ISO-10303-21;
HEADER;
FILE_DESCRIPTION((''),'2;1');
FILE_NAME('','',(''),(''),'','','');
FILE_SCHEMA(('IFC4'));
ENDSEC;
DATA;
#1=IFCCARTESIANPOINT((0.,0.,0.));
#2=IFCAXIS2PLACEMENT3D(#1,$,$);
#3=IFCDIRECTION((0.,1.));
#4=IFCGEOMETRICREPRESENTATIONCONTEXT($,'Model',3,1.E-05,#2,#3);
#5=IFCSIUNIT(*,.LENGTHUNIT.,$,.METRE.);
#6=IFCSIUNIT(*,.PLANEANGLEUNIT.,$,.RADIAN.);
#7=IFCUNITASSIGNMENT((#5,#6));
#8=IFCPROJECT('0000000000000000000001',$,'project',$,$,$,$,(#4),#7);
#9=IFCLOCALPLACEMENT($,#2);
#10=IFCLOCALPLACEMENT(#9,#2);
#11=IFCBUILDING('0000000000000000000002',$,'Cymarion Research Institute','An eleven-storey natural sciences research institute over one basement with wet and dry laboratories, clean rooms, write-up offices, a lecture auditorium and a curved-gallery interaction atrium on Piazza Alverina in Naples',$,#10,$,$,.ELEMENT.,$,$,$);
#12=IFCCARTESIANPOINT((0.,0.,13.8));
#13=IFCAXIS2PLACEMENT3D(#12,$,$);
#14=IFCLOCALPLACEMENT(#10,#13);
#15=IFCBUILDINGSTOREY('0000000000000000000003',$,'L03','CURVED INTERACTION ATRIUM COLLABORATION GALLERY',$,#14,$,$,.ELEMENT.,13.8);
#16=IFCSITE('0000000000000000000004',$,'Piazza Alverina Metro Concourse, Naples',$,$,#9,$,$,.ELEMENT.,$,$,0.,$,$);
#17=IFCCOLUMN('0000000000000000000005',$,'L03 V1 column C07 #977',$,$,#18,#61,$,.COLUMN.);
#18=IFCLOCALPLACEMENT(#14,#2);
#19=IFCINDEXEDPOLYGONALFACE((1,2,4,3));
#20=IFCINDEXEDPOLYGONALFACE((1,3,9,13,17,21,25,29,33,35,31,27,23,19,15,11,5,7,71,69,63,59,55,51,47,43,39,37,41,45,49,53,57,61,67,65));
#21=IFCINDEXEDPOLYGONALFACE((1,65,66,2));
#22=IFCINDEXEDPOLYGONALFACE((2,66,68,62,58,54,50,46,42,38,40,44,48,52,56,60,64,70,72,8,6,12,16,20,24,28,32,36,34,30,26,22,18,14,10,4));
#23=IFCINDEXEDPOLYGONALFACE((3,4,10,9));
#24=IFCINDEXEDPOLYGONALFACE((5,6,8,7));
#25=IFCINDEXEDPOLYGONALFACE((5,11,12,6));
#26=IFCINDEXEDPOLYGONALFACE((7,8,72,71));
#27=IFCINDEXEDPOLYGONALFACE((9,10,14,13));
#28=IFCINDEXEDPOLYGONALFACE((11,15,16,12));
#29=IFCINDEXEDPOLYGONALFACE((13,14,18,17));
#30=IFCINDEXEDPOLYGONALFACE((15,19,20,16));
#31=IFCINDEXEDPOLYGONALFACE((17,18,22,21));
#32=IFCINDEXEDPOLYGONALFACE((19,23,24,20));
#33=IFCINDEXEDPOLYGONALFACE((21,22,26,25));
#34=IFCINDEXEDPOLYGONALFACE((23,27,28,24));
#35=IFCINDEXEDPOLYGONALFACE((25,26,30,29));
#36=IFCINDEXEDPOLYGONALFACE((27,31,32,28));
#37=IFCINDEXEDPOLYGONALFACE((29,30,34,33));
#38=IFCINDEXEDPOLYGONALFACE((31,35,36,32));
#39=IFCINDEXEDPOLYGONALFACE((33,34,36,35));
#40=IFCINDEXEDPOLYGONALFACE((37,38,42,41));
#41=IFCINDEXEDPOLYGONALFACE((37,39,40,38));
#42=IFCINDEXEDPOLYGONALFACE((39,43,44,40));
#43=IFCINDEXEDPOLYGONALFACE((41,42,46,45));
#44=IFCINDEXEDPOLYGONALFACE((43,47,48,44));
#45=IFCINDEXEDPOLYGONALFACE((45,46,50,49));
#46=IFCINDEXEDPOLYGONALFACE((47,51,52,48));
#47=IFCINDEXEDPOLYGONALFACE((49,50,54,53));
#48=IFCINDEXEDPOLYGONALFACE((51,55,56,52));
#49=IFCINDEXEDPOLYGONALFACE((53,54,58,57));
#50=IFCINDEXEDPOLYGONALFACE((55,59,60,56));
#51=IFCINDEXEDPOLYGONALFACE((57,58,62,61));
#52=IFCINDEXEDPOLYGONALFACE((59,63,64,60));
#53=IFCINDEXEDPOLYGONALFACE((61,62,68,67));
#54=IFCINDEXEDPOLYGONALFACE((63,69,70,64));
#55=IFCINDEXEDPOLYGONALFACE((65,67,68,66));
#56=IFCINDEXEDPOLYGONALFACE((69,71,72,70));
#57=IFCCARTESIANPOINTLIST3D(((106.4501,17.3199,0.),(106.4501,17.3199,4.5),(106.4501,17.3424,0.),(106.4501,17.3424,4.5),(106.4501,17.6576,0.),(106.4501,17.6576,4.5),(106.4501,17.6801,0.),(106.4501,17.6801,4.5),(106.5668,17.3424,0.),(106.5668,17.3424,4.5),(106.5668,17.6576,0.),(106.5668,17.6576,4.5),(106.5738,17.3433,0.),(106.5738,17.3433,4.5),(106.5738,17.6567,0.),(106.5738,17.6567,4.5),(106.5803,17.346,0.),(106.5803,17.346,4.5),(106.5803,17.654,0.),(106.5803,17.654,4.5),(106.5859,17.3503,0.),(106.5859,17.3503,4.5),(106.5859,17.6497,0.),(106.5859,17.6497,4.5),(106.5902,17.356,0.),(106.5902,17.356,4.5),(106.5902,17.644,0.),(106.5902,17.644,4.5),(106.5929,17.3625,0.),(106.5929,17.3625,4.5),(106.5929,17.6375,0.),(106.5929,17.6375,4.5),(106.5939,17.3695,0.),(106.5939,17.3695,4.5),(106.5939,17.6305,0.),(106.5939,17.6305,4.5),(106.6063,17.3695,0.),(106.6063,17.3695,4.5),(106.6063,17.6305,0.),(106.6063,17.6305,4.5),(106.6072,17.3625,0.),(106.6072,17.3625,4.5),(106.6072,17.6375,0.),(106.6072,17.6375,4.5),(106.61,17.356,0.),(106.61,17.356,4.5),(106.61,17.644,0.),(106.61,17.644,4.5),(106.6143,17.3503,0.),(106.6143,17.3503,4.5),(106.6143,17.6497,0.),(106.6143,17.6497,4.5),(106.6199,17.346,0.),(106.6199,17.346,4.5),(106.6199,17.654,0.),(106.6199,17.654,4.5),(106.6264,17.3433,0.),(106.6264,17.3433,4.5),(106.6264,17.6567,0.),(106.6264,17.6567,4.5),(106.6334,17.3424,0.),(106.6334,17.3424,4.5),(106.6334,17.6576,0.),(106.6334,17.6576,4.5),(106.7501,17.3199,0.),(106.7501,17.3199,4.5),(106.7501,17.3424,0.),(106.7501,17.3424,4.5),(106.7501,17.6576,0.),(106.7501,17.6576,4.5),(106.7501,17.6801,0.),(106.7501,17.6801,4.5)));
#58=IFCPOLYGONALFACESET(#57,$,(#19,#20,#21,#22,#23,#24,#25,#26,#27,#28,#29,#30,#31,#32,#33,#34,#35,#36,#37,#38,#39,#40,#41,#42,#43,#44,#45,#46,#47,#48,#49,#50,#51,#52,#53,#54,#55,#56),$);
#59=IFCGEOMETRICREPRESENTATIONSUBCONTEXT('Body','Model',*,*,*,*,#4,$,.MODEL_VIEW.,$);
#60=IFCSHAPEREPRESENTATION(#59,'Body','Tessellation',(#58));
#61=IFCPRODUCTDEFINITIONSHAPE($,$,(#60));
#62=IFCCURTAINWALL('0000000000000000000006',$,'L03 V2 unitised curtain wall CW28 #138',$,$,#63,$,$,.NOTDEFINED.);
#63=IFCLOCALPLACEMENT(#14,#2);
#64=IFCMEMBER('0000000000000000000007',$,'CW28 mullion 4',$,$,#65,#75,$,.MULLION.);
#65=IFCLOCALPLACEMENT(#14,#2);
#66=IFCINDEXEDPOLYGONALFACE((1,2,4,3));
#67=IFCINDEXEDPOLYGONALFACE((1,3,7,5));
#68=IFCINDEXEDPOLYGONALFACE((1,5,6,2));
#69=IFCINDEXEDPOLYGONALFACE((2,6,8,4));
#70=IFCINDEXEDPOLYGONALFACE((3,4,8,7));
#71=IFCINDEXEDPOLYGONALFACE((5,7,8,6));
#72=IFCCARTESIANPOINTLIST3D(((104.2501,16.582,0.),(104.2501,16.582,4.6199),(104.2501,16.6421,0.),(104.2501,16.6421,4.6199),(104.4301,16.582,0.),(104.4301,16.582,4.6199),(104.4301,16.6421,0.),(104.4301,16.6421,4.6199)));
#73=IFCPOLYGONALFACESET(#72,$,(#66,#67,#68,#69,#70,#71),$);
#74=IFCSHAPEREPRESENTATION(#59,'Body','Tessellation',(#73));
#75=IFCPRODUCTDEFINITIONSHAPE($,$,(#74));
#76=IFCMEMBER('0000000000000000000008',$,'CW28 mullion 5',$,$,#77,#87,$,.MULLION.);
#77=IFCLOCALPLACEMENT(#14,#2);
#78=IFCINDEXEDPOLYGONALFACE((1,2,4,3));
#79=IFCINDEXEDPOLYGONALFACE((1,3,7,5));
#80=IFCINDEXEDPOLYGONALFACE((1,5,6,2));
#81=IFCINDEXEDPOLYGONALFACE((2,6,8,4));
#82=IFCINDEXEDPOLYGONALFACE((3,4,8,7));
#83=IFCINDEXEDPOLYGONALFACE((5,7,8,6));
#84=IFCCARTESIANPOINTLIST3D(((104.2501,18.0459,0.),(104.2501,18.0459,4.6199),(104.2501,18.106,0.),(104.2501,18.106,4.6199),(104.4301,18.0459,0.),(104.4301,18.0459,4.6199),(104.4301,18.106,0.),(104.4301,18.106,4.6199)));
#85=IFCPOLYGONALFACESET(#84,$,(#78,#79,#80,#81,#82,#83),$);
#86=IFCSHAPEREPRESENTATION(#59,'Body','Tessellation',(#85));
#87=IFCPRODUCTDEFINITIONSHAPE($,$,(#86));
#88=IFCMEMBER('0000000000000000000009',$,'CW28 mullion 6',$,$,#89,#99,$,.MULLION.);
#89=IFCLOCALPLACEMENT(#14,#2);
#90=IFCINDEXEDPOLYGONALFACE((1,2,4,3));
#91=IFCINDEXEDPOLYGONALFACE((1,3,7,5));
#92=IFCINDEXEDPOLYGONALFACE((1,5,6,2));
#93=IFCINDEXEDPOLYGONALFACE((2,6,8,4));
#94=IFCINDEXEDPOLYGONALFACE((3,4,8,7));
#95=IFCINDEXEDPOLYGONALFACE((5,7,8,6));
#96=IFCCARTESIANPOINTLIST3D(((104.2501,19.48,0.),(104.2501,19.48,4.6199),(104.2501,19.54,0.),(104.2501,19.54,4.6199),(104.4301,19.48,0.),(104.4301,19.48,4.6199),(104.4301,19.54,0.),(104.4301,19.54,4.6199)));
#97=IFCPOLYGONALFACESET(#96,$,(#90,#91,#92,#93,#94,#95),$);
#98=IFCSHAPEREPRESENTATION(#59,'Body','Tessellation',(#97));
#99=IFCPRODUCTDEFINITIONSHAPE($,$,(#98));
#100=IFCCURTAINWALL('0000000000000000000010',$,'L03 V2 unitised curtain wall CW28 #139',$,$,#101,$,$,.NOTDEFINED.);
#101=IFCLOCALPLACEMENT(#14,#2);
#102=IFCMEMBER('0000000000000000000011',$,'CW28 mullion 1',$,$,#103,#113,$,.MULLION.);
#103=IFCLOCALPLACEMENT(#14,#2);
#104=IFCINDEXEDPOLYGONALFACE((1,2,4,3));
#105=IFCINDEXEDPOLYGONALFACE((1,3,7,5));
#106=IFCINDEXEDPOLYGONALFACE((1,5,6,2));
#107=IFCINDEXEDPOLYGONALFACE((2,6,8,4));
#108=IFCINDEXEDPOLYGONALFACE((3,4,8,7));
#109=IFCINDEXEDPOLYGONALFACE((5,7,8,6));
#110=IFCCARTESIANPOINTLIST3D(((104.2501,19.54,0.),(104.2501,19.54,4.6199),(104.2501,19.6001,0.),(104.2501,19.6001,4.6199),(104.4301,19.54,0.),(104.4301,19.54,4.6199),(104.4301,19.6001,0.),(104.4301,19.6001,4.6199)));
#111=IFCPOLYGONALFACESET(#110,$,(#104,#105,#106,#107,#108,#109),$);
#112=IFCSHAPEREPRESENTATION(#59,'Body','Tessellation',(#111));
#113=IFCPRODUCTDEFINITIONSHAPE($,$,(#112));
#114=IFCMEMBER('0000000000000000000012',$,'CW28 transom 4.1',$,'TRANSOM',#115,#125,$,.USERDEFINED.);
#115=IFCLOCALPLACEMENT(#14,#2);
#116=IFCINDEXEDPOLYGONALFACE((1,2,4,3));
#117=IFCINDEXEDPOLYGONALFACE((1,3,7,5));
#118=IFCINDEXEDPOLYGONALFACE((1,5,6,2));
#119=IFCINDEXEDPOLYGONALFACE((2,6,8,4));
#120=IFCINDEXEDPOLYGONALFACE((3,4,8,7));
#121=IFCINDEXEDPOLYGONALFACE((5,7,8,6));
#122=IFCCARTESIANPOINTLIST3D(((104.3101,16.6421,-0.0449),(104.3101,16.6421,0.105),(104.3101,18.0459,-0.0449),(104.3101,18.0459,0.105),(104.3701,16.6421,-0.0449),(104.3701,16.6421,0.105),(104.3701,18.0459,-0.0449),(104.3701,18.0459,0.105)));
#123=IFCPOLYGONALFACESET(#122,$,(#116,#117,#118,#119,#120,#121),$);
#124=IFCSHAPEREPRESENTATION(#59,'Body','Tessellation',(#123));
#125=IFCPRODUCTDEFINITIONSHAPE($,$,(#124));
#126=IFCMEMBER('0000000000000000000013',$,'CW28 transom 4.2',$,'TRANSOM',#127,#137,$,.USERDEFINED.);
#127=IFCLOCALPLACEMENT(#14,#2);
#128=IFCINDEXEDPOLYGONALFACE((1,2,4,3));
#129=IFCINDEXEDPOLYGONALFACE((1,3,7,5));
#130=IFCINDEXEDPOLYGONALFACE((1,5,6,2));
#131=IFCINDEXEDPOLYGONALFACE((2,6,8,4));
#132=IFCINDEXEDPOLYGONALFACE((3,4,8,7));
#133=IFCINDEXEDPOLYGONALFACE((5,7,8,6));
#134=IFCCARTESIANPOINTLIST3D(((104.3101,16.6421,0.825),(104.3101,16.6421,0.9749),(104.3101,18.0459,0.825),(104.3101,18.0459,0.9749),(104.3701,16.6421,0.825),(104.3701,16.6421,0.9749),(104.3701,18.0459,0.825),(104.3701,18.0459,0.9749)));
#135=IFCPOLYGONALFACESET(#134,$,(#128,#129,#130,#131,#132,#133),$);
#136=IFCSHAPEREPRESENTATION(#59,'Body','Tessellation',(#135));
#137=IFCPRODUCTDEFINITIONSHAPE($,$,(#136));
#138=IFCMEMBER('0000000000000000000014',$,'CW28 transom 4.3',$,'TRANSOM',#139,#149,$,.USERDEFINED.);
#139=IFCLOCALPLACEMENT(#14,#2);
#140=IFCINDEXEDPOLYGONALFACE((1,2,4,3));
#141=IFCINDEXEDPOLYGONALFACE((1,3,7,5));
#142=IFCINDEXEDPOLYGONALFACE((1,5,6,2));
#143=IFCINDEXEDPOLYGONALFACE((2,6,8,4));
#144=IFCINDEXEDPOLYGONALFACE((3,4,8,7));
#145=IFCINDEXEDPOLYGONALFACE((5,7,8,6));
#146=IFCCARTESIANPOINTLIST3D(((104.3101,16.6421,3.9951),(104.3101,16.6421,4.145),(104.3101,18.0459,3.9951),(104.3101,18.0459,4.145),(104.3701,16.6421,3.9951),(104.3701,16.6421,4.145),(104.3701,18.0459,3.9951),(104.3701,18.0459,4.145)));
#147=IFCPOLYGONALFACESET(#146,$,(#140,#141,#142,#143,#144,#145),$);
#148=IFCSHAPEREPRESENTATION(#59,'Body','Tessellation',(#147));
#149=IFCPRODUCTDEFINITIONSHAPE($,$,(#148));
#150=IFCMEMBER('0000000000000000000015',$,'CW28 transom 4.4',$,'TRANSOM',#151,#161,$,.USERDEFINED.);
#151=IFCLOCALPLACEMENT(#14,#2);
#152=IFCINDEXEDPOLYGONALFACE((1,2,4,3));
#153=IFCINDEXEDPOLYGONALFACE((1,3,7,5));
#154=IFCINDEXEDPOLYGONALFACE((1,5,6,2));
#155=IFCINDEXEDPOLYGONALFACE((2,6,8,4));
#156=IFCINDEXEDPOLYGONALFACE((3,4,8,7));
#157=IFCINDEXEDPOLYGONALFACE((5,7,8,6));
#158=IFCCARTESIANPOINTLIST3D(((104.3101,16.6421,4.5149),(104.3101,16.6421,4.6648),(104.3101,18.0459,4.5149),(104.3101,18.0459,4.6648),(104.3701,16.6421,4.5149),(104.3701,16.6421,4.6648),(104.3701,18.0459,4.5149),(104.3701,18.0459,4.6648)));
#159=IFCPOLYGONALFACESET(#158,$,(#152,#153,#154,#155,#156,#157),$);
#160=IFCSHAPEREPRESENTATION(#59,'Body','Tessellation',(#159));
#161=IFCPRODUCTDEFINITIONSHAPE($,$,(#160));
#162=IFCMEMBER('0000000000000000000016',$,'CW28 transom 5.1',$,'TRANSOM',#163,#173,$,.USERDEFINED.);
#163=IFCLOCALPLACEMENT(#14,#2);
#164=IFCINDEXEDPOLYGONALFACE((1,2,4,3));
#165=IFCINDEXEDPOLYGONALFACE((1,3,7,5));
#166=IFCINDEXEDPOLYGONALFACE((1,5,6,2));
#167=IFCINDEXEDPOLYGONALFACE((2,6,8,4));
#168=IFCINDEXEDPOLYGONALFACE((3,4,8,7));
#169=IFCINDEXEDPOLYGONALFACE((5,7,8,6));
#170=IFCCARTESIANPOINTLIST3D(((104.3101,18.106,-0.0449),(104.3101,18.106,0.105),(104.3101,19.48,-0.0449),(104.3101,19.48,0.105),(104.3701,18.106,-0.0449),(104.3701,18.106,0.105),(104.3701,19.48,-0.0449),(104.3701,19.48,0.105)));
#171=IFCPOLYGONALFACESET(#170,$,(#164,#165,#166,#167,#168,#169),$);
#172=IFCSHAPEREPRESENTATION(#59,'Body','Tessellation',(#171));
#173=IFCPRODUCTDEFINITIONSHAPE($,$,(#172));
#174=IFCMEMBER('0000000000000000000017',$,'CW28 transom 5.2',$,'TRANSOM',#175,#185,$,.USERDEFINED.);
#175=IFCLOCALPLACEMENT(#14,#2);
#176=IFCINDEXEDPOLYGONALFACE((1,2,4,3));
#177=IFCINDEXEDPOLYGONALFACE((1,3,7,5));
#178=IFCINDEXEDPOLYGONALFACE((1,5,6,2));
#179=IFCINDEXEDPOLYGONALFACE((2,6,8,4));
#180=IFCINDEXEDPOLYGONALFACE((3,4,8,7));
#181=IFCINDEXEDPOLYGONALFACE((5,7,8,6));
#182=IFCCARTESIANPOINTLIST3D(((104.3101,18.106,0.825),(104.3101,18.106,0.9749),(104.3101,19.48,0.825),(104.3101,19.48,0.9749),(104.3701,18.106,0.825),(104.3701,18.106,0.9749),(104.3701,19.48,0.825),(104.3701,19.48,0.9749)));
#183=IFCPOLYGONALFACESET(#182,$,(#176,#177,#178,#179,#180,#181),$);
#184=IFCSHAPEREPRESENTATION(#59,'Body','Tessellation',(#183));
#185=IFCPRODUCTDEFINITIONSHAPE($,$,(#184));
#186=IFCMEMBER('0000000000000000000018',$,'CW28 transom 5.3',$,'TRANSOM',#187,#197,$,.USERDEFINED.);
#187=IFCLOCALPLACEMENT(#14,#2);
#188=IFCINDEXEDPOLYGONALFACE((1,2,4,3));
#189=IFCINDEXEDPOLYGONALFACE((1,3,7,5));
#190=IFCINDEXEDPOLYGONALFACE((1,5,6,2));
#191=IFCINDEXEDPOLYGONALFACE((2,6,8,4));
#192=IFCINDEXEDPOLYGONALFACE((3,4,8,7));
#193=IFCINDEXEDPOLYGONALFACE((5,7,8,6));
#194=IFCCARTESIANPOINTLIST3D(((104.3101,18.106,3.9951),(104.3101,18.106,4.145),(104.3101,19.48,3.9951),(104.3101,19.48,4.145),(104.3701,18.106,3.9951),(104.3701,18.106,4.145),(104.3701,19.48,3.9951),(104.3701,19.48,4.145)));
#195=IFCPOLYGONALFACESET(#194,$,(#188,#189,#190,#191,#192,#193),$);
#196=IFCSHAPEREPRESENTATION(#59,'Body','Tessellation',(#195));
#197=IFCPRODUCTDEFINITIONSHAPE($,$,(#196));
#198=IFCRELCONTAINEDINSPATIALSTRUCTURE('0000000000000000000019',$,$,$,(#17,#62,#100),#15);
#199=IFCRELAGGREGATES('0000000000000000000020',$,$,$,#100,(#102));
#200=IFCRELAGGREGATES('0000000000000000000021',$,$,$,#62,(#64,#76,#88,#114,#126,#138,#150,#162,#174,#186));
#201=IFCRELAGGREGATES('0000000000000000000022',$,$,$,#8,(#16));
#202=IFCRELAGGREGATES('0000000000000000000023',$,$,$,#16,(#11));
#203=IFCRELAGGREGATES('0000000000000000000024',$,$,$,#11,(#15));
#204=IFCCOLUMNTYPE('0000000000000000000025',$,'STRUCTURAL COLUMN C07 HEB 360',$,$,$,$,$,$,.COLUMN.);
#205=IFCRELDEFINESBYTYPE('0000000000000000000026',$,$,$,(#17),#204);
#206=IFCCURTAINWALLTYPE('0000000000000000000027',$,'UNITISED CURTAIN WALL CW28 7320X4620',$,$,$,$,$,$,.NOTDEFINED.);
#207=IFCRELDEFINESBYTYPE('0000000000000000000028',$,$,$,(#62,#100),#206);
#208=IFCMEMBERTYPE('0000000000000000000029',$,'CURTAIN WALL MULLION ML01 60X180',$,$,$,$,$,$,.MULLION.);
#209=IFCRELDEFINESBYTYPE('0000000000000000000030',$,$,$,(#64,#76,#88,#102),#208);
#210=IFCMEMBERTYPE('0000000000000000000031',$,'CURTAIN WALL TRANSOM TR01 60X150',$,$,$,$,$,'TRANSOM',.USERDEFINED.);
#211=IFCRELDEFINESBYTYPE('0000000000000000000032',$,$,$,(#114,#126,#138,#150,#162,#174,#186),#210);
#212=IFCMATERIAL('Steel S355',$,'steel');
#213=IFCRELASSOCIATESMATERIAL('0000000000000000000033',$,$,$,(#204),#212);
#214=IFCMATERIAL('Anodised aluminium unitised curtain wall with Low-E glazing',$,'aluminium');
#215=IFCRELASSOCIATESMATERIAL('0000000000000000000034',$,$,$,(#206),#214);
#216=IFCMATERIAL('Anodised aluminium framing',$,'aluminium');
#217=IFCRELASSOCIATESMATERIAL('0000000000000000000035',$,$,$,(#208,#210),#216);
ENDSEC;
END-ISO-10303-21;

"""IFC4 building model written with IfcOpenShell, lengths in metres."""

from ifc_helpers import new_model, si_unit, direction, frame, origin, origin_2d, place, context, subcontext, project, spatial, rectangle, i_section, extrude, material, material_profile, profile_set, type_object, element, aggregate, save


model = new_model("IFC4")

# Units and contexts
model_context = context("Model", 3, precision=1e-05, world=origin(), true_north=direction((0.0, 1.0)))
body_context = subcontext(model_context, "Body", "Model", "MODEL_VIEW")
ifc_project = project(units=[si_unit("LENGTHUNIT", "METRE"), si_unit("PLANEANGLEUNIT", "RADIAN")], contexts=[model_context])

# Site, building, storey
site_placement = place(None, origin())
site = spatial("IfcSite", under=ifc_project, at=site_placement, Name="Piazza Alverina Metro Concourse, Naples", CompositionType="ELEMENT", RefElevation=0.0)
building_placement = place(site_placement, origin())
building = spatial("IfcBuilding", under=site, at=building_placement, Name="Cymarion Research Institute", Description="An eleven-storey natural sciences research institute over one basement with wet and dry laboratories, clean rooms, write-up offices, a lecture auditorium and a curved-gallery interaction atrium on Piazza Alverina in Naples", CompositionType="ELEMENT")
storey_placement = place(building_placement, frame((0.0, 0.0, 13.8)))
storey = spatial("IfcBuildingStorey", under=building, at=storey_placement, Name="L03", Description="CURVED INTERACTION ATRIUM COLLABORATION GALLERY", CompositionType="ELEMENT", Elevation=13.8)

# Column
ifc_material_1 = material(Name="Steel S355", Category="steel")
ifc_material_profile_1 = material_profile(ifc_material_1, i_section(OverallWidth=0.3, OverallDepth=0.3601, WebThickness=0.0125, FlangeThickness=0.0225, FilletRadius=0.0271, at=origin_2d()), Name="HEB 360")
ifc_profile_set_1 = profile_set([ifc_material_profile_1], Name="Steel S355")
column_type = type_object("IfcColumnType", Name="STRUCTURAL COLUMN C07 HEB 360", PredefinedType="COLUMN", material=ifc_profile_set_1)
column_placement = place(storey_placement, frame((106.6001, 17.5, 0.0), z_axis=(0.0, 0.0, 1.0), x_axis=(1.0, 0.0, 0.0)))
element("IfcColumn", 1, at=column_placement, inside=storey, type_object=column_type, Name="L03 V1 column C07 #977", PredefinedType="COLUMN", context=body_context, shape_type="SweptSolid", body=[
    extrude(i_section(OverallWidth=0.3, OverallDepth=0.3601, WebThickness=0.0125, FlangeThickness=0.0225, FilletRadius=0.0271, at=origin_2d()), origin(), (0.0, 0.0, 1.0), 4.5),
])

# Curtain wall, members
ifc_material_2 = material(Name="Anodised aluminium unitised curtain wall with Low-E glazing", Category="aluminium")
curtain_wall_type = type_object("IfcCurtainWallType", Name="UNITISED CURTAIN WALL CW28 7320X4620", PredefinedType="NOTDEFINED", material=ifc_material_2)
curtain_wall_1_placement = place(storey_placement, origin())
curtain_wall_1 = element("IfcCurtainWall", 2, at=curtain_wall_1_placement, inside=storey, type_object=curtain_wall_type, Name="L03 V2 unitised curtain wall CW28 #138", PredefinedType="NOTDEFINED")
ifc_material_3 = material(Name="Anodised aluminium framing", Category="aluminium")
ifc_material_profile_2 = material_profile(ifc_material_3, rectangle(XDim=0.0601, YDim=0.1799, at=origin_2d()), Name="ALU MULLION 60x180")
ifc_profile_set_2 = profile_set([ifc_material_profile_2], Name="Anodised aluminium framing")
member_type_1 = type_object("IfcMemberType", Name="CURTAIN WALL MULLION ML01 60X180", PredefinedType="MULLION", material=ifc_profile_set_2)
member_1_placement = place(storey_placement, frame((104.3401, 16.6121, 0.0), z_axis=(0.0, 0.0, 1.0), x_axis=(0.0, 1.0, 0.0)))
member_1 = element("IfcMember", 3, at=member_1_placement, type_object=member_type_1, Name="CW28 mullion 4", PredefinedType="MULLION", context=body_context, shape_type="SweptSolid", body=[
    extrude(rectangle(XDim=0.0601, YDim=0.1799, at=origin_2d()), origin(), (0.0, 0.0, 1.0), 4.6199),
])
member_2_placement = place(storey_placement, frame((104.3401, 18.0759, 0.0), z_axis=(0.0, 0.0, 1.0), x_axis=(0.0, 1.0, 0.0)))
member_2 = element("IfcMember", 4, at=member_2_placement, type_object=member_type_1, Name="CW28 mullion 5", PredefinedType="MULLION", context=body_context, shape_type="SweptSolid", body=[
    extrude(rectangle(XDim=0.0601, YDim=0.1799, at=origin_2d()), origin(), (0.0, 0.0, 1.0), 4.6199),
])
member_3_placement = place(storey_placement, frame((104.3401, 19.51, 0.0), z_axis=(0.0, 0.0, 1.0), x_axis=(0.0, 1.0, 0.0)))
member_3 = element("IfcMember", 5, at=member_3_placement, type_object=member_type_1, Name="CW28 mullion 6", PredefinedType="MULLION", context=body_context, shape_type="SweptSolid", body=[
    extrude(rectangle(XDim=0.0601, YDim=0.1799, at=origin_2d()), origin(), (0.0, 0.0, 1.0), 4.6199),
])

# Curtain wall, member
curtain_wall_2_placement = place(storey_placement, origin())
curtain_wall_2 = element("IfcCurtainWall", 6, at=curtain_wall_2_placement, inside=storey, type_object=curtain_wall_type, Name="L03 V2 unitised curtain wall CW28 #139", PredefinedType="NOTDEFINED")
member_4_placement = place(storey_placement, frame((104.3401, 19.5701, 0.0), z_axis=(0.0, 0.0, 1.0), x_axis=(0.0, 1.0, 0.0)))
member_4 = element("IfcMember", 7, at=member_4_placement, type_object=member_type_1, Name="CW28 mullion 1", PredefinedType="MULLION", context=body_context, shape_type="SweptSolid", body=[
    extrude(rectangle(XDim=0.0601, YDim=0.1799, at=origin_2d()), origin(), (0.0, 0.0, 1.0), 4.6199),
])

# Members
ifc_material_profile_3 = material_profile(ifc_material_3, rectangle(XDim=0.0601, YDim=0.1499, at=origin_2d()), Name="ALU TRANSOM 60x150")
ifc_profile_set_3 = profile_set([ifc_material_profile_3], Name="Anodised aluminium framing")
member_type_2 = type_object("IfcMemberType", Name="CURTAIN WALL TRANSOM TR01 60X150", ElementType="TRANSOM", PredefinedType="USERDEFINED", material=ifc_profile_set_3)
member_5_placement = place(storey_placement, frame((104.3401, 16.6421, 0.03), z_axis=(0.0, 1.0, 0.0), x_axis=(-1.0, 0.0, 0.0)))
member_5 = element("IfcMember", 8, at=member_5_placement, type_object=member_type_2, Name="CW28 transom 4.1", ObjectType="TRANSOM", PredefinedType="USERDEFINED", context=body_context, shape_type="SweptSolid", body=[
    extrude(rectangle(XDim=0.0601, YDim=0.1499, at=origin_2d()), origin(), (0.0, 0.0, 1.0), 1.4038),
])
member_6_placement = place(storey_placement, frame((104.3401, 16.6421, 0.8999), z_axis=(0.0, 1.0, 0.0), x_axis=(-1.0, 0.0, 0.0)))
member_6 = element("IfcMember", 9, at=member_6_placement, type_object=member_type_2, Name="CW28 transom 4.2", ObjectType="TRANSOM", PredefinedType="USERDEFINED", context=body_context, shape_type="SweptSolid", body=[
    extrude(rectangle(XDim=0.0601, YDim=0.1499, at=origin_2d()), origin(), (0.0, 0.0, 1.0), 1.4038),
])
member_7_placement = place(storey_placement, frame((104.3401, 16.6421, 4.0701), z_axis=(0.0, 1.0, 0.0), x_axis=(-1.0, 0.0, 0.0)))
member_7 = element("IfcMember", 10, at=member_7_placement, type_object=member_type_2, Name="CW28 transom 4.3", ObjectType="TRANSOM", PredefinedType="USERDEFINED", context=body_context, shape_type="SweptSolid", body=[
    extrude(rectangle(XDim=0.0601, YDim=0.1499, at=origin_2d()), origin(), (0.0, 0.0, 1.0), 1.4038),
])
member_8_placement = place(storey_placement, frame((104.3401, 16.6421, 4.5898), z_axis=(0.0, 1.0, 0.0), x_axis=(-1.0, 0.0, 0.0)))
member_8 = element("IfcMember", 11, at=member_8_placement, type_object=member_type_2, Name="CW28 transom 4.4", ObjectType="TRANSOM", PredefinedType="USERDEFINED", context=body_context, shape_type="SweptSolid", body=[
    extrude(rectangle(XDim=0.0601, YDim=0.1499, at=origin_2d()), origin(), (0.0, 0.0, 1.0), 1.4038),
])
member_9_placement = place(storey_placement, frame((104.3401, 18.106, 0.03), z_axis=(0.0, 1.0, 0.0), x_axis=(-1.0, 0.0, 0.0)))
member_9 = element("IfcMember", 12, at=member_9_placement, type_object=member_type_2, Name="CW28 transom 5.1", ObjectType="TRANSOM", PredefinedType="USERDEFINED", context=body_context, shape_type="SweptSolid", body=[
    extrude(rectangle(XDim=0.0601, YDim=0.1499, at=origin_2d()), origin(), (0.0, 0.0, 1.0), 1.374),
])
member_10_placement = place(storey_placement, frame((104.3401, 18.106, 0.8999), z_axis=(0.0, 1.0, 0.0), x_axis=(-1.0, 0.0, 0.0)))
member_10 = element("IfcMember", 13, at=member_10_placement, type_object=member_type_2, Name="CW28 transom 5.2", ObjectType="TRANSOM", PredefinedType="USERDEFINED", context=body_context, shape_type="SweptSolid", body=[
    extrude(rectangle(XDim=0.0601, YDim=0.1499, at=origin_2d()), origin(), (0.0, 0.0, 1.0), 1.374),
])
member_11_placement = place(storey_placement, frame((104.3401, 18.106, 4.0701), z_axis=(0.0, 1.0, 0.0), x_axis=(-1.0, 0.0, 0.0)))
member_11 = element("IfcMember", 14, at=member_11_placement, type_object=member_type_2, Name="CW28 transom 5.3", ObjectType="TRANSOM", PredefinedType="USERDEFINED", context=body_context, shape_type="SweptSolid", body=[
    extrude(rectangle(XDim=0.0601, YDim=0.1499, at=origin_2d()), origin(), (0.0, 0.0, 1.0), 1.374),
])
aggregate(curtain_wall_2, [member_4])

aggregate(curtain_wall_1, [member_1, member_2, member_3, member_5, member_6, member_7, member_8, member_9, member_10, member_11])

save(model, "model.ifc")
